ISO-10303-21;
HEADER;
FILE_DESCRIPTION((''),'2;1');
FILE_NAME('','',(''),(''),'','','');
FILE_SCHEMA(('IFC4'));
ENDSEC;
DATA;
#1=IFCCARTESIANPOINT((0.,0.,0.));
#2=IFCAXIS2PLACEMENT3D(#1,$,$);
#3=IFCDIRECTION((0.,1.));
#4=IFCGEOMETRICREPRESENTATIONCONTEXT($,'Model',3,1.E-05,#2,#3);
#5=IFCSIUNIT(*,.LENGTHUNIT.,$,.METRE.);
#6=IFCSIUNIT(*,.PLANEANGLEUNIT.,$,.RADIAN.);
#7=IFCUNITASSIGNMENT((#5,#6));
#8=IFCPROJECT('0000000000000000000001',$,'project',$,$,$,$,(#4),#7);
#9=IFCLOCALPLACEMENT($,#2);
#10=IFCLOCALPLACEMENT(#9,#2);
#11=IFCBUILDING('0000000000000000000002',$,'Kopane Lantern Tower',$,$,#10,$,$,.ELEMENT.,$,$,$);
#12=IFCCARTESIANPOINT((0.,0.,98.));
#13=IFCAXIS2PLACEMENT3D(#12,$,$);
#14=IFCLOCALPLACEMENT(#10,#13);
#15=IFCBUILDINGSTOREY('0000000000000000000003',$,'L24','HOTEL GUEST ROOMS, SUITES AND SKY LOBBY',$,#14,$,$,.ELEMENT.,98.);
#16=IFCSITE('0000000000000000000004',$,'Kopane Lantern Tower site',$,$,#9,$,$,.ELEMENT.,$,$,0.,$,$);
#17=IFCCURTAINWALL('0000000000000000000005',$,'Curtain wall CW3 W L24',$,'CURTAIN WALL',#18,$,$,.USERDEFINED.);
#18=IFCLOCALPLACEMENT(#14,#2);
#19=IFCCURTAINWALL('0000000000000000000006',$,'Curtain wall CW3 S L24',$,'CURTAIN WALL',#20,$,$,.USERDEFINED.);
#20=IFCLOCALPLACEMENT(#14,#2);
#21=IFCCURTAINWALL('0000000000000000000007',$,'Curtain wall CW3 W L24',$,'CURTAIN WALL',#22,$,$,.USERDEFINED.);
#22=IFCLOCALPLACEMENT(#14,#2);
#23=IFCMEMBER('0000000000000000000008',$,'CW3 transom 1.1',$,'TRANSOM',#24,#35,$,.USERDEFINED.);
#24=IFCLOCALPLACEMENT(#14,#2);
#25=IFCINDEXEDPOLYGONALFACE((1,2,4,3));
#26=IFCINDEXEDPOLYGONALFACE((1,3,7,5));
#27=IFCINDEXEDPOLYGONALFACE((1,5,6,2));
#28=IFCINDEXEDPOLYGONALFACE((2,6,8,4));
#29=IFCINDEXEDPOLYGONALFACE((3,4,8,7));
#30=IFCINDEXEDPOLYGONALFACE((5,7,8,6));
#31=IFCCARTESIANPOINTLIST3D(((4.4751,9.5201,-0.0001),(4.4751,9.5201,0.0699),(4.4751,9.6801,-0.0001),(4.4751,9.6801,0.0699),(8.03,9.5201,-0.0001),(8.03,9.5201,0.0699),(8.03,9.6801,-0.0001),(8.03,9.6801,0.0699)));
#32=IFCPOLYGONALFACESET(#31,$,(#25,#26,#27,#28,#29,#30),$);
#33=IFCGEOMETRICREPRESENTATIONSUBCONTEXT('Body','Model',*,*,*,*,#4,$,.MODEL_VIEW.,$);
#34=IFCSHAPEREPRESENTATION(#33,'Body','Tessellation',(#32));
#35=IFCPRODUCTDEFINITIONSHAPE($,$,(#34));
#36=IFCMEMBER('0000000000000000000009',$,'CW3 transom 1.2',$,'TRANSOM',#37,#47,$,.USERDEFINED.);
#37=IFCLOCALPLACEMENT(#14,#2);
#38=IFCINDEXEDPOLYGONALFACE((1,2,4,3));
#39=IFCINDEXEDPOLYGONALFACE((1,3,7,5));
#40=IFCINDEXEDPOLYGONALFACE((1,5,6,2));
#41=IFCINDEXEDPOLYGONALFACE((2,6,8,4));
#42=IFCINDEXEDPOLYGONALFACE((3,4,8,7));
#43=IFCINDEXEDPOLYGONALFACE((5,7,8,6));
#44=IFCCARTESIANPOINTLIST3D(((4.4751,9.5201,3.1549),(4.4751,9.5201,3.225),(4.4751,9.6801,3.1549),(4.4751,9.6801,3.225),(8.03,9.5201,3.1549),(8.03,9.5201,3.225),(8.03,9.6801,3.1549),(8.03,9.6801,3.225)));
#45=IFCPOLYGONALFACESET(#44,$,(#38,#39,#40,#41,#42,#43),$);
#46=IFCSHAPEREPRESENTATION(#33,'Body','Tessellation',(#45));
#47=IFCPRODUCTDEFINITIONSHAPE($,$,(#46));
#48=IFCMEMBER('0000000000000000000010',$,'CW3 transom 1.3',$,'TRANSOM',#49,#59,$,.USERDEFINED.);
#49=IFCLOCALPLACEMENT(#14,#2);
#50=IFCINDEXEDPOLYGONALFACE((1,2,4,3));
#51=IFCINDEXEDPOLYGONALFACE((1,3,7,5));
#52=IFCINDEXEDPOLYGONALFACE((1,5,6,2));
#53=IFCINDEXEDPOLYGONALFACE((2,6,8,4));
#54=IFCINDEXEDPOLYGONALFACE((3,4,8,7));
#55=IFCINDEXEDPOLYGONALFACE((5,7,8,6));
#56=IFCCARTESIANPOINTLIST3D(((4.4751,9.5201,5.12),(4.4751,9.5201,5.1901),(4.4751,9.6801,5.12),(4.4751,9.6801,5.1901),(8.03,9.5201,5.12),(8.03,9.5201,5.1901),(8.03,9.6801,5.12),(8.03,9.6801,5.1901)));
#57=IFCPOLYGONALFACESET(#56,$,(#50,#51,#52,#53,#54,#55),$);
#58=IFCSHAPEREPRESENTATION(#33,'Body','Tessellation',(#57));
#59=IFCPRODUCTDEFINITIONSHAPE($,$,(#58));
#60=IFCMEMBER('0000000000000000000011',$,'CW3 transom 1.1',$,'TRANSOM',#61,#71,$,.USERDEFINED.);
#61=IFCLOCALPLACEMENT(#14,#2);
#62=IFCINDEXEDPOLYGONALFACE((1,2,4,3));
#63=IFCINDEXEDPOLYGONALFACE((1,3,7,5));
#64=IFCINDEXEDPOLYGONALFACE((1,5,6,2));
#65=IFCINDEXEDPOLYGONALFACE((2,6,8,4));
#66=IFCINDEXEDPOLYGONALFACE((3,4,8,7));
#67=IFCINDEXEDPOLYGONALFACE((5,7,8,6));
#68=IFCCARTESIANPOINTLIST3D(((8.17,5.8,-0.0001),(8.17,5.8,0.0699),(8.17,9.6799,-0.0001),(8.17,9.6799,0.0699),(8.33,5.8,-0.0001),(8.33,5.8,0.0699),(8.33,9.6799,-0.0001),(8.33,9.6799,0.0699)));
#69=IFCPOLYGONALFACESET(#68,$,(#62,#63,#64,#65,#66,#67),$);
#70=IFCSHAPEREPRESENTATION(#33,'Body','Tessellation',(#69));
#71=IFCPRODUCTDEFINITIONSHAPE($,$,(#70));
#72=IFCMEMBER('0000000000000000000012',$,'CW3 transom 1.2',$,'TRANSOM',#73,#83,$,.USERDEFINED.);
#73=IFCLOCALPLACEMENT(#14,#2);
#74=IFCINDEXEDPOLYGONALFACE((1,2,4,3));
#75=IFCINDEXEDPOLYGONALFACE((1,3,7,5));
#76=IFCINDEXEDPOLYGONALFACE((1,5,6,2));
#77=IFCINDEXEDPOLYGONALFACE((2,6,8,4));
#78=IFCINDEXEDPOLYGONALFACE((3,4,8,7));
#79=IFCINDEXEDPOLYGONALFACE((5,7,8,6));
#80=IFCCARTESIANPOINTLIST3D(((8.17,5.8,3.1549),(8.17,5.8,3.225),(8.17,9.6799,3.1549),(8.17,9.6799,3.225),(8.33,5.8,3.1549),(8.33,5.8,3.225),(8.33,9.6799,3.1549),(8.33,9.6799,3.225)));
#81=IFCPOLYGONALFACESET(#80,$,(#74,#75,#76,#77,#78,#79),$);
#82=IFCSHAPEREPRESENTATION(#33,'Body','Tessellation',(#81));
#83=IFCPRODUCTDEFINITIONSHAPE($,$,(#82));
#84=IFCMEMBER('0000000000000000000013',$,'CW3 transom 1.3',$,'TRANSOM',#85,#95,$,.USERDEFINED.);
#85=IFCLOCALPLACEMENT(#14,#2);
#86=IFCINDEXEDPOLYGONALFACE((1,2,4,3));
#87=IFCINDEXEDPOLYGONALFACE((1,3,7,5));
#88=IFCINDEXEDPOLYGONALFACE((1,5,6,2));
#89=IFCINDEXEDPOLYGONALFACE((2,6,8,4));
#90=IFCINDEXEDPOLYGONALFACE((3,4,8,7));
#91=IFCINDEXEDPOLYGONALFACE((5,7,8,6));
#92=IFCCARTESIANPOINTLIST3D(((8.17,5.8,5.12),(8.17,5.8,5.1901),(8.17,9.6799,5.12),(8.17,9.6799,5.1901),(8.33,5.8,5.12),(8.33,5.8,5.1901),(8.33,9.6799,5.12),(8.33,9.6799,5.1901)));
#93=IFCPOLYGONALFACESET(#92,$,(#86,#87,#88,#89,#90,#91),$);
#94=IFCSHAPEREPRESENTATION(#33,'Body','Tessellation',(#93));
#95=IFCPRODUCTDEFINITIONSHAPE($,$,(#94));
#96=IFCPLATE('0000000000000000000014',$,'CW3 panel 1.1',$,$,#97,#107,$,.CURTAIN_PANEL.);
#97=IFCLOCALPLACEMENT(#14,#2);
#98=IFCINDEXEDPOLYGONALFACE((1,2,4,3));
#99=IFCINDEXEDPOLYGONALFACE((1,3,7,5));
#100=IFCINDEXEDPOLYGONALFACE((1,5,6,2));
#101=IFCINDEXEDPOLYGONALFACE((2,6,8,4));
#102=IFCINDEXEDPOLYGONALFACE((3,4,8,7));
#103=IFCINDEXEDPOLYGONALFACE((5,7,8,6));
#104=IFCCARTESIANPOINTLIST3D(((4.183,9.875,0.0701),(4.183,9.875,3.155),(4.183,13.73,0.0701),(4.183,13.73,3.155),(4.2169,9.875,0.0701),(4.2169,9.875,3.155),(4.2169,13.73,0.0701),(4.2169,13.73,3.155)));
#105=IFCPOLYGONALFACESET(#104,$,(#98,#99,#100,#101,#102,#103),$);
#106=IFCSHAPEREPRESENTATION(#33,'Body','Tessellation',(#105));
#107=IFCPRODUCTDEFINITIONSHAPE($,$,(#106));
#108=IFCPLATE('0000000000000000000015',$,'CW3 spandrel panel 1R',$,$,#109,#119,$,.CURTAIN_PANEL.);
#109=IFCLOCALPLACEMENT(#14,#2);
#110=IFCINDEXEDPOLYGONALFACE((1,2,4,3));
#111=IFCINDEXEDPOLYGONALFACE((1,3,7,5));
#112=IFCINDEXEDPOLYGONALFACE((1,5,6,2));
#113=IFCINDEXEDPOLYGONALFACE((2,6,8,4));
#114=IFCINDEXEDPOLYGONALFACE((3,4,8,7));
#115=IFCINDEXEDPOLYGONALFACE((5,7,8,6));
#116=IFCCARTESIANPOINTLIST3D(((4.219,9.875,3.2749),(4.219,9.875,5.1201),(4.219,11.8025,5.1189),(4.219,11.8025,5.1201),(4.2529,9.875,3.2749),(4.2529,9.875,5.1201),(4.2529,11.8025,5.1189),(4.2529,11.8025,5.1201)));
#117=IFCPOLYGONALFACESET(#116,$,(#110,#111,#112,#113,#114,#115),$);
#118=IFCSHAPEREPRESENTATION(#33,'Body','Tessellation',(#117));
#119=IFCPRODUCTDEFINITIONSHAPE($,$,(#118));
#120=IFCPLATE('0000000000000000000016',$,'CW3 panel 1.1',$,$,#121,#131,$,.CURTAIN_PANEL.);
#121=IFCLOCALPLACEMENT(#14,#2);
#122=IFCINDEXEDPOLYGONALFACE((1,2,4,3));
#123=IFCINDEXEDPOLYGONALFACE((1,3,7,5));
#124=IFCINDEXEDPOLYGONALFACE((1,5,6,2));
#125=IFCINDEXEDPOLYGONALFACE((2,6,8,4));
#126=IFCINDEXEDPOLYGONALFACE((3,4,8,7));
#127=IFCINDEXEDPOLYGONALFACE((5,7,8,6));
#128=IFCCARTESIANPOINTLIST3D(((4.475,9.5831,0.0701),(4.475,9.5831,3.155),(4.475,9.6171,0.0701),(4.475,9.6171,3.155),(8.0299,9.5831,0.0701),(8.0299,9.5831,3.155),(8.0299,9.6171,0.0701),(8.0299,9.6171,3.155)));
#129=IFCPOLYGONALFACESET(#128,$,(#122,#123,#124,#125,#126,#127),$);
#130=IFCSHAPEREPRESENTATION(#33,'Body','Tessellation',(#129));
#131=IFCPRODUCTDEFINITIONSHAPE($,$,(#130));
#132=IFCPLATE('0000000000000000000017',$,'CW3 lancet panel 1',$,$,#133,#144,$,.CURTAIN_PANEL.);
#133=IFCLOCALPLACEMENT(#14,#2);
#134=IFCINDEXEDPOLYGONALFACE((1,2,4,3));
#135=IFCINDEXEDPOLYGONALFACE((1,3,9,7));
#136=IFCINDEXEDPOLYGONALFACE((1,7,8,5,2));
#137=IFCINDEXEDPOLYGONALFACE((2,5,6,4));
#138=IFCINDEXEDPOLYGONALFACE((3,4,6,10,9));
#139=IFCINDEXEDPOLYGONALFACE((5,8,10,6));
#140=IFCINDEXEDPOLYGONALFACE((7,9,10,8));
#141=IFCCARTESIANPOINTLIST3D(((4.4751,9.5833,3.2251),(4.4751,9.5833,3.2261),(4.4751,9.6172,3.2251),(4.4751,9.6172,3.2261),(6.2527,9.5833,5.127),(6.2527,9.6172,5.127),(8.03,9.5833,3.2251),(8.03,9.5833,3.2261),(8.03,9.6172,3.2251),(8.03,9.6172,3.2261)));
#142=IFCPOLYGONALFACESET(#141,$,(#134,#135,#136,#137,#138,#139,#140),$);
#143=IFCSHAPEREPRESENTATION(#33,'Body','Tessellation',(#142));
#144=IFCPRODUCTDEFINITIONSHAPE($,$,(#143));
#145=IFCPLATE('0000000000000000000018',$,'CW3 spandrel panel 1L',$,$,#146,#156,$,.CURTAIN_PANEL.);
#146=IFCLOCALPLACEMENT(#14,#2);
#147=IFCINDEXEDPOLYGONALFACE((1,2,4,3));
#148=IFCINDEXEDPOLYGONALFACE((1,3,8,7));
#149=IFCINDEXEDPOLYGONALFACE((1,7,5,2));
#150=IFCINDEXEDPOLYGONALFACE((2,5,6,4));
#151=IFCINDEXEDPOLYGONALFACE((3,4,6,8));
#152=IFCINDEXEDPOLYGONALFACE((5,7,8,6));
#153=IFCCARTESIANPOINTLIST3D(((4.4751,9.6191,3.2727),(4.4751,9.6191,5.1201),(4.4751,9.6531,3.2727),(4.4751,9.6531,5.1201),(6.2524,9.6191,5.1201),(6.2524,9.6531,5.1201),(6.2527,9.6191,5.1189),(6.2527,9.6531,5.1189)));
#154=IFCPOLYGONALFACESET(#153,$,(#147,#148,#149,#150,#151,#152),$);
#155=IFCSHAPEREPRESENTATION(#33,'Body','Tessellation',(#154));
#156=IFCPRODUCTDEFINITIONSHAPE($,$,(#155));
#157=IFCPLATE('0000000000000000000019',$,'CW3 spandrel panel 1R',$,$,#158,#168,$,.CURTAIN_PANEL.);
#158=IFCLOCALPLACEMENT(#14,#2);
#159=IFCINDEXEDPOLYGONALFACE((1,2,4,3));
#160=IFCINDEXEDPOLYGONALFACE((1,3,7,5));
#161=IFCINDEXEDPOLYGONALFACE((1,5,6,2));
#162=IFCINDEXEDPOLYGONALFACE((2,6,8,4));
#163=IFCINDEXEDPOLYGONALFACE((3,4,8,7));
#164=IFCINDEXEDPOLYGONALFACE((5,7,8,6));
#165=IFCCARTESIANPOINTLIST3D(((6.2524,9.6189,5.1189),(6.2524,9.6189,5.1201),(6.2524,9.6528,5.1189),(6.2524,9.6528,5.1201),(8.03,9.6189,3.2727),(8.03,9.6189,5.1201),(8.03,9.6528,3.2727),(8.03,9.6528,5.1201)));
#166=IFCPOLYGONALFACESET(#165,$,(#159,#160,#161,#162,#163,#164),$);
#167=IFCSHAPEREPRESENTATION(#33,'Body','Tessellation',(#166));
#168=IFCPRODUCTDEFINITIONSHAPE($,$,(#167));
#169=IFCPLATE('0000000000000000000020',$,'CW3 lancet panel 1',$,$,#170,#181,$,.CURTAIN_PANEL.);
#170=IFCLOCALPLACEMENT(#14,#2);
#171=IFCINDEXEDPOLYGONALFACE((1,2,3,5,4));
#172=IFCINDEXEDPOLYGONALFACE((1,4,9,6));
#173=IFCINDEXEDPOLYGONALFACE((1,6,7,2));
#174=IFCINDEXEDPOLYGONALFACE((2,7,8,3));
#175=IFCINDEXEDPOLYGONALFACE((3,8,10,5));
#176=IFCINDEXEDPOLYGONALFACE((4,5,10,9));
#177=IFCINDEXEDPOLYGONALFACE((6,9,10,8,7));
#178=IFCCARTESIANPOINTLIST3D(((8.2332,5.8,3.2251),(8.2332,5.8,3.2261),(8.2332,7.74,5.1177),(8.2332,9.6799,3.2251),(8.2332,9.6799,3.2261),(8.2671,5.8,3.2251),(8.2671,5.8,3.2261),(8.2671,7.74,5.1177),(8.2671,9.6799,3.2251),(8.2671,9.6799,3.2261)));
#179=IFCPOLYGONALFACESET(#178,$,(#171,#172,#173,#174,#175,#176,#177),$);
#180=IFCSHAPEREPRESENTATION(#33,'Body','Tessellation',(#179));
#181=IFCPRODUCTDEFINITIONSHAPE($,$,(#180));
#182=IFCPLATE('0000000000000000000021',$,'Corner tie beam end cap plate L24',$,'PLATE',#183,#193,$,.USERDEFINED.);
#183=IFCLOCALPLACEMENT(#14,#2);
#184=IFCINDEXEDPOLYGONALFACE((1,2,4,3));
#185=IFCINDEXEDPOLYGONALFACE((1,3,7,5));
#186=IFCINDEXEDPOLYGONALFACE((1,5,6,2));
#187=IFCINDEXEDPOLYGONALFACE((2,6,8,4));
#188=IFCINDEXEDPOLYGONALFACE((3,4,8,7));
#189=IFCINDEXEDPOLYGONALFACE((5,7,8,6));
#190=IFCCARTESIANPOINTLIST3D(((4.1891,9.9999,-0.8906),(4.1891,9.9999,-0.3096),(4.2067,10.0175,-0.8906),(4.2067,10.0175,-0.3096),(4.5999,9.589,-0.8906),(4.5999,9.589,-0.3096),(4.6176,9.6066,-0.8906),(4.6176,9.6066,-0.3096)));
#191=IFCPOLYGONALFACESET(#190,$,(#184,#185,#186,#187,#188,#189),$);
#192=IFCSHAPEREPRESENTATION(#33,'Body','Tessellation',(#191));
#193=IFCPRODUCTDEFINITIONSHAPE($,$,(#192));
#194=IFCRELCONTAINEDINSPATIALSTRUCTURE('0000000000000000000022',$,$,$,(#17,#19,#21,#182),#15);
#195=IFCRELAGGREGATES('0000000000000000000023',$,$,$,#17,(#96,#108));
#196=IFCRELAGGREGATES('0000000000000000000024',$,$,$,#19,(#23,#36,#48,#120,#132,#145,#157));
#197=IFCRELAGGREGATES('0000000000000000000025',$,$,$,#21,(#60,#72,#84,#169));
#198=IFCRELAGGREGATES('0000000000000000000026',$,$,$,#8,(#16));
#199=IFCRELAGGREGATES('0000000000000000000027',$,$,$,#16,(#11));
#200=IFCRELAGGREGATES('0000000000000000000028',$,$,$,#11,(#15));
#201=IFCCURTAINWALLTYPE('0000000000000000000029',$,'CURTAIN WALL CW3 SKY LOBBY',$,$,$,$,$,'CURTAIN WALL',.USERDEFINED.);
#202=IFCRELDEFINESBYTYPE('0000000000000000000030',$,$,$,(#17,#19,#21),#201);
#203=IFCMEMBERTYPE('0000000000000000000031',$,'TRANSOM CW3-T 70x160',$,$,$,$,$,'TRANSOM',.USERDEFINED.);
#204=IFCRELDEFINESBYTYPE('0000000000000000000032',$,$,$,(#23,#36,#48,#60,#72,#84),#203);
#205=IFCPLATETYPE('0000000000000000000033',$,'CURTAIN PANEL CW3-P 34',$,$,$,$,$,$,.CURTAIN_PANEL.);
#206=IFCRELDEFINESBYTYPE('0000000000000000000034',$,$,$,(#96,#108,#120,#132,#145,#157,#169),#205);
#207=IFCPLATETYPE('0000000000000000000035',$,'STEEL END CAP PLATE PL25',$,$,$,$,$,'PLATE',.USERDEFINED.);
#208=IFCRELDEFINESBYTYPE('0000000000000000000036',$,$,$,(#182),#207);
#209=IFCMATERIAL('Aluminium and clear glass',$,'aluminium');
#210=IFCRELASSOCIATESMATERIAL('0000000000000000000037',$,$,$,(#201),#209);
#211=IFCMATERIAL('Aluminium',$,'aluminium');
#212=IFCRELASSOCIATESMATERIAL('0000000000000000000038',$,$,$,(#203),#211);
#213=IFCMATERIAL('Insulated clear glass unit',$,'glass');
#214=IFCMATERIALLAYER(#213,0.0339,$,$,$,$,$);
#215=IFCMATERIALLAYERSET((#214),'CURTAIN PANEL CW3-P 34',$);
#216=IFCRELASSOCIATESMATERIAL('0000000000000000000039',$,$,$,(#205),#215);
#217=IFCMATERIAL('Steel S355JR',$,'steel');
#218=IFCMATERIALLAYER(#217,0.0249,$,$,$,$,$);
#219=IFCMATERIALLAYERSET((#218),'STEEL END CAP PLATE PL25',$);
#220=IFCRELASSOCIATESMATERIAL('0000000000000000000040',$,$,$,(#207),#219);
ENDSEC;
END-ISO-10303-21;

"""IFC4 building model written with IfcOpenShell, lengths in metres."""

from ifc_helpers import new_model, si_unit, direction, frame, origin, origin_2d, place, context, subcontext, project, spatial, polyline, rectangle, outline, extrude, material, layer, layer_set, material_profile, profile_set, type_object, element, aggregate, save


model = new_model("IFC4")

# Units and contexts
model_context = context("Model", 3, precision=1e-05, world=origin(), true_north=direction((0.0, 1.0)))
body_context = subcontext(model_context, "Body", "Model", "MODEL_VIEW")
ifc_project = project(units=[si_unit("LENGTHUNIT", "METRE"), si_unit("PLANEANGLEUNIT", "RADIAN")], contexts=[model_context])

# Site, building, storey
site_placement = place(None, origin())
site = spatial("IfcSite", under=ifc_project, at=site_placement, Name="Kopane Lantern Tower site", CompositionType="ELEMENT", RefElevation=0.0)
building_placement = place(site_placement, origin())
building = spatial("IfcBuilding", under=site, at=building_placement, Name="Kopane Lantern Tower", CompositionType="ELEMENT")
storey_placement = place(building_placement, frame((0.0, 0.0, 98.0)))
storey = spatial("IfcBuildingStorey", under=building, at=storey_placement, Name="L24", Description="HOTEL GUEST ROOMS, SUITES AND SKY LOBBY", CompositionType="ELEMENT", Elevation=98.0)

# Curtain walls
ifc_material_1 = material(Name="Aluminium and clear glass", Category="aluminium")
curtain_wall_type = type_object("IfcCurtainWallType", Name="CURTAIN WALL CW3 SKY LOBBY", ElementType="CURTAIN WALL", PredefinedType="USERDEFINED", material=ifc_material_1)
curtain_wall_1_placement = place(storey_placement, origin())
curtain_wall_1 = element("IfcCurtainWall", 1, at=curtain_wall_1_placement, inside=storey, type_object=curtain_wall_type, Name="Curtain wall CW3 W L24", ObjectType="CURTAIN WALL", PredefinedType="USERDEFINED")
curtain_wall_2_placement = place(storey_placement, origin())
curtain_wall_2 = element("IfcCurtainWall", 2, at=curtain_wall_2_placement, inside=storey, type_object=curtain_wall_type, Name="Curtain wall CW3 S L24", ObjectType="CURTAIN WALL", PredefinedType="USERDEFINED")
curtain_wall_3_placement = place(storey_placement, origin())
curtain_wall_3 = element("IfcCurtainWall", 3, at=curtain_wall_3_placement, inside=storey, type_object=curtain_wall_type, Name="Curtain wall CW3 W L24", ObjectType="CURTAIN WALL", PredefinedType="USERDEFINED")

# Members
ifc_material_2 = material(Name="Aluminium", Category="aluminium")
ifc_material_profile_1 = material_profile(ifc_material_2, rectangle(XDim=0.1599, YDim=0.0701, at=origin_2d()), Name="AL 160x70")
ifc_profile_set_1 = profile_set([ifc_material_profile_1], Name="Aluminium")
member_type_1 = type_object("IfcMemberType", Name="TRANSOM CW3-T 70x160", ElementType="TRANSOM", PredefinedType="USERDEFINED", material=ifc_profile_set_1)
member_1_placement = place(storey_placement, frame((4.4751, 9.6001, 0.0349), z_axis=(1.0, 0.0, 0.0), x_axis=(0.0, 1.0, 0.0)))
member_1 = element("IfcMember", 4, at=member_1_placement, type_object=member_type_1, Name="CW3 transom 1.1", ObjectType="TRANSOM", PredefinedType="USERDEFINED", context=body_context, shape_type="SweptSolid", body=[
    extrude(rectangle(XDim=0.1599, YDim=0.0701, at=origin_2d()), origin(), (0.0, 0.0, 1.0), 3.5549),
])
member_2_placement = place(storey_placement, frame((4.4751, 9.6001, 3.1899), z_axis=(1.0, 0.0, 0.0), x_axis=(0.0, 1.0, 0.0)))
member_2 = element("IfcMember", 5, at=member_2_placement, type_object=member_type_1, Name="CW3 transom 1.2", ObjectType="TRANSOM", PredefinedType="USERDEFINED", context=body_context, shape_type="SweptSolid", body=[
    extrude(rectangle(XDim=0.1599, YDim=0.0701, at=origin_2d()), origin(), (0.0, 0.0, 1.0), 3.5549),
])
member_3_placement = place(storey_placement, frame((4.4751, 9.6001, 5.155), z_axis=(1.0, 0.0, 0.0), x_axis=(0.0, 1.0, 0.0)))
member_3 = element("IfcMember", 6, at=member_3_placement, type_object=member_type_1, Name="CW3 transom 1.3", ObjectType="TRANSOM", PredefinedType="USERDEFINED", context=body_context, shape_type="SweptSolid", body=[
    extrude(rectangle(XDim=0.1599, YDim=0.0701, at=origin_2d()), origin(), (0.0, 0.0, 1.0), 3.5549),
])
member_4_placement = place(storey_placement, frame((8.25, 9.6799, 0.0349), z_axis=(0.0, -1.0, 0.0), x_axis=(1.0, 0.0, 0.0)))
member_4 = element("IfcMember", 7, at=member_4_placement, type_object=member_type_1, Name="CW3 transom 1.1", ObjectType="TRANSOM", PredefinedType="USERDEFINED", context=body_context, shape_type="SweptSolid", body=[
    extrude(rectangle(XDim=0.1599, YDim=0.0701, at=origin_2d()), origin(), (0.0, 0.0, 1.0), 3.8799),
])
member_5_placement = place(storey_placement, frame((8.25, 9.6799, 3.1899), z_axis=(0.0, -1.0, 0.0), x_axis=(1.0, 0.0, 0.0)))
member_5 = element("IfcMember", 8, at=member_5_placement, type_object=member_type_1, Name="CW3 transom 1.2", ObjectType="TRANSOM", PredefinedType="USERDEFINED", context=body_context, shape_type="SweptSolid", body=[
    extrude(rectangle(XDim=0.1599, YDim=0.0701, at=origin_2d()), origin(), (0.0, 0.0, 1.0), 3.8799),
])
member_6_placement = place(storey_placement, frame((8.25, 9.6799, 5.155), z_axis=(0.0, -1.0, 0.0), x_axis=(1.0, 0.0, 0.0)))
member_6 = element("IfcMember", 9, at=member_6_placement, type_object=member_type_1, Name="CW3 transom 1.3", ObjectType="TRANSOM", PredefinedType="USERDEFINED", context=body_context, shape_type="SweptSolid", body=[
    extrude(rectangle(XDim=0.1599, YDim=0.0701, at=origin_2d()), origin(), (0.0, 0.0, 1.0), 3.8799),
])

# Plates
ifc_material_3 = material(Name="Insulated clear glass unit", Category="glass")
ifc_layer_1 = layer(ifc_material_3, 0.0339)
ifc_layer_set_1 = layer_set([ifc_layer_1], Name="CURTAIN PANEL CW3-P 34")
plate_type_1 = type_object("IfcPlateType", Name="CURTAIN PANEL CW3-P 34", PredefinedType="CURTAIN_PANEL", material=ifc_layer_set_1)
plate_1_placement = place(storey_placement, frame((4.2, 11.8025, 0.0701), z_axis=(0.0, 0.0, 1.0), x_axis=(0.0, -1.0, 0.0)))
plate_1 = element("IfcPlate", 10, at=plate_1_placement, type_object=plate_type_1, Name="CW3 panel 1.1", PredefinedType="CURTAIN_PANEL", context=body_context, shape_type="SweptSolid", body=[
    extrude(rectangle(XDim=3.855, YDim=0.0339, at=origin_2d()), origin(), (0.0, 0.0, 1.0), 3.085),
])
plate_2_placement = place(storey_placement, frame((4.2361, 9.875, 5.1201), z_axis=(0.0, 0.0, 1.0), x_axis=(0.0, 1.0, 0.0)))
plate_2 = element("IfcPlate", 11, at=plate_2_placement, type_object=plate_type_1, Name="CW3 spandrel panel 1R", PredefinedType="CURTAIN_PANEL", context=body_context, shape_type="SweptSolid", body=[
    extrude(outline(polyline([(0.0, 0.0), (1.9275, 0.0), (1.9275, -0.0012), (0.0, -1.8452), (0.0, 0.0)])), frame((0.0, 0.0171, 0.0), z_axis=(0.0, -1.0, 0.0), x_axis=(1.0, 0.0, 0.0)), (0.0, 0.0, 1.0), 0.0339),
])
aggregate(curtain_wall_1, [plate_1, plate_2])
plate_3_placement = place(storey_placement, frame((6.2524, 9.6001, 0.0701), z_axis=(0.0, 0.0, 1.0), x_axis=(1.0, 0.0, 0.0)))
plate_3 = element("IfcPlate", 12, at=plate_3_placement, type_object=plate_type_1, Name="CW3 panel 1.1", PredefinedType="CURTAIN_PANEL", context=body_context, shape_type="SweptSolid", body=[
    extrude(rectangle(XDim=3.5549, YDim=0.0339, at=origin_2d()), origin(), (0.0, 0.0, 1.0), 3.085),
])
plate_4_placement = place(storey_placement, frame((4.4751, 9.6001, 3.2251), z_axis=(0.0, 0.0, 1.0), x_axis=(1.0, 0.0, 0.0)))
plate_4 = element("IfcPlate", 13, at=plate_4_placement, type_object=plate_type_1, Name="CW3 lancet panel 1", PredefinedType="CURTAIN_PANEL", context=body_context, shape_type="SweptSolid", body=[
    extrude(outline(polyline([(0.0, 0.0), (3.5549, 0.0), (3.5549, 0.001), (1.7776, 1.9019), (0.0, 0.001), (0.0, 0.0)])), frame((0.0, 0.0171, 0.0), z_axis=(0.0, -1.0, 0.0), x_axis=(1.0, 0.0, 0.0)), (0.0, 0.0, 1.0), 0.0339),
])
plate_5_placement = place(storey_placement, frame((4.4751, 9.636, 5.1201), z_axis=(0.0, 0.0, 1.0), x_axis=(1.0, 0.0, 0.0)))
plate_5 = element("IfcPlate", 14, at=plate_5_placement, type_object=plate_type_1, Name="CW3 spandrel panel 1L", PredefinedType="CURTAIN_PANEL", context=body_context, shape_type="SweptSolid", body=[
    extrude(outline(polyline([(0.0, 0.0), (1.7773, 0.0), (1.7776, -0.0012), (0.0, -1.8474), (0.0, 0.0)])), frame((0.0, 0.0171, 0.0), z_axis=(0.0, -1.0, 0.0), x_axis=(1.0, 0.0, 0.0)), (0.0, 0.0, 1.0), 0.0339),
])
plate_6_placement = place(storey_placement, frame((8.03, 9.636, 5.1201), z_axis=(0.0, 0.0, 1.0), x_axis=(-1.0, 0.0, 0.0)))
plate_6 = element("IfcPlate", 15, at=plate_6_placement, type_object=plate_type_1, Name="CW3 spandrel panel 1R", PredefinedType="CURTAIN_PANEL", context=body_context, shape_type="SweptSolid", body=[
    extrude(outline(polyline([(0.0, 0.0), (1.7776, 0.0), (1.7776, -0.0012), (0.0, -1.8474), (0.0, 0.0)])), frame((0.0, 0.0171, 0.0), z_axis=(0.0, -1.0, 0.0), x_axis=(1.0, 0.0, 0.0)), (0.0, 0.0, 1.0), 0.0339),
])
aggregate(curtain_wall_2, [member_1, member_2, member_3, plate_3, plate_4, plate_5, plate_6])
plate_7_placement = place(storey_placement, frame((8.25, 9.6799, 3.2251), z_axis=(0.0, 0.0, 1.0), x_axis=(0.0, -1.0, 0.0)))
plate_7 = element("IfcPlate", 16, at=plate_7_placement, type_object=plate_type_1, Name="CW3 lancet panel 1", PredefinedType="CURTAIN_PANEL", context=body_context, shape_type="SweptSolid", body=[
    extrude(outline(polyline([(0.0, 0.0), (3.8799, 0.0), (3.8799, 0.001), (1.9399, 1.8926), (0.0, 0.001), (0.0, 0.0)])), frame((0.0, 0.0171, 0.0), z_axis=(0.0, -1.0, 0.0), x_axis=(1.0, 0.0, 0.0)), (0.0, 0.0, 1.0), 0.0339),
])
aggregate(curtain_wall_3, [member_4, member_5, member_6, plate_7])
ifc_material_4 = material(Name="Steel S355JR", Category="steel")
ifc_layer_2 = layer(ifc_material_4, 0.0249)
ifc_layer_set_2 = layer_set([ifc_layer_2], Name="STEEL END CAP PLATE PL25")
plate_type_2 = type_object("IfcPlateType", Name="STEEL END CAP PLATE PL25", ElementType="PLATE", PredefinedType="USERDEFINED", material=ifc_layer_set_2)
plate_8_placement = place(storey_placement, frame((4.4033, 9.8032, -0.8906), z_axis=(0.0, 0.0, 1.0), x_axis=(-0.707107, -0.707107, 0.0)))
element("IfcPlate", 17, at=plate_8_placement, inside=storey, type_object=plate_type_2, Name="Corner tie beam end cap plate L24", ObjectType="PLATE", PredefinedType="USERDEFINED", context=body_context, shape_type="SweptSolid", body=[
    extrude(rectangle(XDim=0.0249, YDim=0.5811, at=origin_2d()), origin(), (0.0, 0.0, 1.0), 0.5811),
])

save(model, "model.ifc")
